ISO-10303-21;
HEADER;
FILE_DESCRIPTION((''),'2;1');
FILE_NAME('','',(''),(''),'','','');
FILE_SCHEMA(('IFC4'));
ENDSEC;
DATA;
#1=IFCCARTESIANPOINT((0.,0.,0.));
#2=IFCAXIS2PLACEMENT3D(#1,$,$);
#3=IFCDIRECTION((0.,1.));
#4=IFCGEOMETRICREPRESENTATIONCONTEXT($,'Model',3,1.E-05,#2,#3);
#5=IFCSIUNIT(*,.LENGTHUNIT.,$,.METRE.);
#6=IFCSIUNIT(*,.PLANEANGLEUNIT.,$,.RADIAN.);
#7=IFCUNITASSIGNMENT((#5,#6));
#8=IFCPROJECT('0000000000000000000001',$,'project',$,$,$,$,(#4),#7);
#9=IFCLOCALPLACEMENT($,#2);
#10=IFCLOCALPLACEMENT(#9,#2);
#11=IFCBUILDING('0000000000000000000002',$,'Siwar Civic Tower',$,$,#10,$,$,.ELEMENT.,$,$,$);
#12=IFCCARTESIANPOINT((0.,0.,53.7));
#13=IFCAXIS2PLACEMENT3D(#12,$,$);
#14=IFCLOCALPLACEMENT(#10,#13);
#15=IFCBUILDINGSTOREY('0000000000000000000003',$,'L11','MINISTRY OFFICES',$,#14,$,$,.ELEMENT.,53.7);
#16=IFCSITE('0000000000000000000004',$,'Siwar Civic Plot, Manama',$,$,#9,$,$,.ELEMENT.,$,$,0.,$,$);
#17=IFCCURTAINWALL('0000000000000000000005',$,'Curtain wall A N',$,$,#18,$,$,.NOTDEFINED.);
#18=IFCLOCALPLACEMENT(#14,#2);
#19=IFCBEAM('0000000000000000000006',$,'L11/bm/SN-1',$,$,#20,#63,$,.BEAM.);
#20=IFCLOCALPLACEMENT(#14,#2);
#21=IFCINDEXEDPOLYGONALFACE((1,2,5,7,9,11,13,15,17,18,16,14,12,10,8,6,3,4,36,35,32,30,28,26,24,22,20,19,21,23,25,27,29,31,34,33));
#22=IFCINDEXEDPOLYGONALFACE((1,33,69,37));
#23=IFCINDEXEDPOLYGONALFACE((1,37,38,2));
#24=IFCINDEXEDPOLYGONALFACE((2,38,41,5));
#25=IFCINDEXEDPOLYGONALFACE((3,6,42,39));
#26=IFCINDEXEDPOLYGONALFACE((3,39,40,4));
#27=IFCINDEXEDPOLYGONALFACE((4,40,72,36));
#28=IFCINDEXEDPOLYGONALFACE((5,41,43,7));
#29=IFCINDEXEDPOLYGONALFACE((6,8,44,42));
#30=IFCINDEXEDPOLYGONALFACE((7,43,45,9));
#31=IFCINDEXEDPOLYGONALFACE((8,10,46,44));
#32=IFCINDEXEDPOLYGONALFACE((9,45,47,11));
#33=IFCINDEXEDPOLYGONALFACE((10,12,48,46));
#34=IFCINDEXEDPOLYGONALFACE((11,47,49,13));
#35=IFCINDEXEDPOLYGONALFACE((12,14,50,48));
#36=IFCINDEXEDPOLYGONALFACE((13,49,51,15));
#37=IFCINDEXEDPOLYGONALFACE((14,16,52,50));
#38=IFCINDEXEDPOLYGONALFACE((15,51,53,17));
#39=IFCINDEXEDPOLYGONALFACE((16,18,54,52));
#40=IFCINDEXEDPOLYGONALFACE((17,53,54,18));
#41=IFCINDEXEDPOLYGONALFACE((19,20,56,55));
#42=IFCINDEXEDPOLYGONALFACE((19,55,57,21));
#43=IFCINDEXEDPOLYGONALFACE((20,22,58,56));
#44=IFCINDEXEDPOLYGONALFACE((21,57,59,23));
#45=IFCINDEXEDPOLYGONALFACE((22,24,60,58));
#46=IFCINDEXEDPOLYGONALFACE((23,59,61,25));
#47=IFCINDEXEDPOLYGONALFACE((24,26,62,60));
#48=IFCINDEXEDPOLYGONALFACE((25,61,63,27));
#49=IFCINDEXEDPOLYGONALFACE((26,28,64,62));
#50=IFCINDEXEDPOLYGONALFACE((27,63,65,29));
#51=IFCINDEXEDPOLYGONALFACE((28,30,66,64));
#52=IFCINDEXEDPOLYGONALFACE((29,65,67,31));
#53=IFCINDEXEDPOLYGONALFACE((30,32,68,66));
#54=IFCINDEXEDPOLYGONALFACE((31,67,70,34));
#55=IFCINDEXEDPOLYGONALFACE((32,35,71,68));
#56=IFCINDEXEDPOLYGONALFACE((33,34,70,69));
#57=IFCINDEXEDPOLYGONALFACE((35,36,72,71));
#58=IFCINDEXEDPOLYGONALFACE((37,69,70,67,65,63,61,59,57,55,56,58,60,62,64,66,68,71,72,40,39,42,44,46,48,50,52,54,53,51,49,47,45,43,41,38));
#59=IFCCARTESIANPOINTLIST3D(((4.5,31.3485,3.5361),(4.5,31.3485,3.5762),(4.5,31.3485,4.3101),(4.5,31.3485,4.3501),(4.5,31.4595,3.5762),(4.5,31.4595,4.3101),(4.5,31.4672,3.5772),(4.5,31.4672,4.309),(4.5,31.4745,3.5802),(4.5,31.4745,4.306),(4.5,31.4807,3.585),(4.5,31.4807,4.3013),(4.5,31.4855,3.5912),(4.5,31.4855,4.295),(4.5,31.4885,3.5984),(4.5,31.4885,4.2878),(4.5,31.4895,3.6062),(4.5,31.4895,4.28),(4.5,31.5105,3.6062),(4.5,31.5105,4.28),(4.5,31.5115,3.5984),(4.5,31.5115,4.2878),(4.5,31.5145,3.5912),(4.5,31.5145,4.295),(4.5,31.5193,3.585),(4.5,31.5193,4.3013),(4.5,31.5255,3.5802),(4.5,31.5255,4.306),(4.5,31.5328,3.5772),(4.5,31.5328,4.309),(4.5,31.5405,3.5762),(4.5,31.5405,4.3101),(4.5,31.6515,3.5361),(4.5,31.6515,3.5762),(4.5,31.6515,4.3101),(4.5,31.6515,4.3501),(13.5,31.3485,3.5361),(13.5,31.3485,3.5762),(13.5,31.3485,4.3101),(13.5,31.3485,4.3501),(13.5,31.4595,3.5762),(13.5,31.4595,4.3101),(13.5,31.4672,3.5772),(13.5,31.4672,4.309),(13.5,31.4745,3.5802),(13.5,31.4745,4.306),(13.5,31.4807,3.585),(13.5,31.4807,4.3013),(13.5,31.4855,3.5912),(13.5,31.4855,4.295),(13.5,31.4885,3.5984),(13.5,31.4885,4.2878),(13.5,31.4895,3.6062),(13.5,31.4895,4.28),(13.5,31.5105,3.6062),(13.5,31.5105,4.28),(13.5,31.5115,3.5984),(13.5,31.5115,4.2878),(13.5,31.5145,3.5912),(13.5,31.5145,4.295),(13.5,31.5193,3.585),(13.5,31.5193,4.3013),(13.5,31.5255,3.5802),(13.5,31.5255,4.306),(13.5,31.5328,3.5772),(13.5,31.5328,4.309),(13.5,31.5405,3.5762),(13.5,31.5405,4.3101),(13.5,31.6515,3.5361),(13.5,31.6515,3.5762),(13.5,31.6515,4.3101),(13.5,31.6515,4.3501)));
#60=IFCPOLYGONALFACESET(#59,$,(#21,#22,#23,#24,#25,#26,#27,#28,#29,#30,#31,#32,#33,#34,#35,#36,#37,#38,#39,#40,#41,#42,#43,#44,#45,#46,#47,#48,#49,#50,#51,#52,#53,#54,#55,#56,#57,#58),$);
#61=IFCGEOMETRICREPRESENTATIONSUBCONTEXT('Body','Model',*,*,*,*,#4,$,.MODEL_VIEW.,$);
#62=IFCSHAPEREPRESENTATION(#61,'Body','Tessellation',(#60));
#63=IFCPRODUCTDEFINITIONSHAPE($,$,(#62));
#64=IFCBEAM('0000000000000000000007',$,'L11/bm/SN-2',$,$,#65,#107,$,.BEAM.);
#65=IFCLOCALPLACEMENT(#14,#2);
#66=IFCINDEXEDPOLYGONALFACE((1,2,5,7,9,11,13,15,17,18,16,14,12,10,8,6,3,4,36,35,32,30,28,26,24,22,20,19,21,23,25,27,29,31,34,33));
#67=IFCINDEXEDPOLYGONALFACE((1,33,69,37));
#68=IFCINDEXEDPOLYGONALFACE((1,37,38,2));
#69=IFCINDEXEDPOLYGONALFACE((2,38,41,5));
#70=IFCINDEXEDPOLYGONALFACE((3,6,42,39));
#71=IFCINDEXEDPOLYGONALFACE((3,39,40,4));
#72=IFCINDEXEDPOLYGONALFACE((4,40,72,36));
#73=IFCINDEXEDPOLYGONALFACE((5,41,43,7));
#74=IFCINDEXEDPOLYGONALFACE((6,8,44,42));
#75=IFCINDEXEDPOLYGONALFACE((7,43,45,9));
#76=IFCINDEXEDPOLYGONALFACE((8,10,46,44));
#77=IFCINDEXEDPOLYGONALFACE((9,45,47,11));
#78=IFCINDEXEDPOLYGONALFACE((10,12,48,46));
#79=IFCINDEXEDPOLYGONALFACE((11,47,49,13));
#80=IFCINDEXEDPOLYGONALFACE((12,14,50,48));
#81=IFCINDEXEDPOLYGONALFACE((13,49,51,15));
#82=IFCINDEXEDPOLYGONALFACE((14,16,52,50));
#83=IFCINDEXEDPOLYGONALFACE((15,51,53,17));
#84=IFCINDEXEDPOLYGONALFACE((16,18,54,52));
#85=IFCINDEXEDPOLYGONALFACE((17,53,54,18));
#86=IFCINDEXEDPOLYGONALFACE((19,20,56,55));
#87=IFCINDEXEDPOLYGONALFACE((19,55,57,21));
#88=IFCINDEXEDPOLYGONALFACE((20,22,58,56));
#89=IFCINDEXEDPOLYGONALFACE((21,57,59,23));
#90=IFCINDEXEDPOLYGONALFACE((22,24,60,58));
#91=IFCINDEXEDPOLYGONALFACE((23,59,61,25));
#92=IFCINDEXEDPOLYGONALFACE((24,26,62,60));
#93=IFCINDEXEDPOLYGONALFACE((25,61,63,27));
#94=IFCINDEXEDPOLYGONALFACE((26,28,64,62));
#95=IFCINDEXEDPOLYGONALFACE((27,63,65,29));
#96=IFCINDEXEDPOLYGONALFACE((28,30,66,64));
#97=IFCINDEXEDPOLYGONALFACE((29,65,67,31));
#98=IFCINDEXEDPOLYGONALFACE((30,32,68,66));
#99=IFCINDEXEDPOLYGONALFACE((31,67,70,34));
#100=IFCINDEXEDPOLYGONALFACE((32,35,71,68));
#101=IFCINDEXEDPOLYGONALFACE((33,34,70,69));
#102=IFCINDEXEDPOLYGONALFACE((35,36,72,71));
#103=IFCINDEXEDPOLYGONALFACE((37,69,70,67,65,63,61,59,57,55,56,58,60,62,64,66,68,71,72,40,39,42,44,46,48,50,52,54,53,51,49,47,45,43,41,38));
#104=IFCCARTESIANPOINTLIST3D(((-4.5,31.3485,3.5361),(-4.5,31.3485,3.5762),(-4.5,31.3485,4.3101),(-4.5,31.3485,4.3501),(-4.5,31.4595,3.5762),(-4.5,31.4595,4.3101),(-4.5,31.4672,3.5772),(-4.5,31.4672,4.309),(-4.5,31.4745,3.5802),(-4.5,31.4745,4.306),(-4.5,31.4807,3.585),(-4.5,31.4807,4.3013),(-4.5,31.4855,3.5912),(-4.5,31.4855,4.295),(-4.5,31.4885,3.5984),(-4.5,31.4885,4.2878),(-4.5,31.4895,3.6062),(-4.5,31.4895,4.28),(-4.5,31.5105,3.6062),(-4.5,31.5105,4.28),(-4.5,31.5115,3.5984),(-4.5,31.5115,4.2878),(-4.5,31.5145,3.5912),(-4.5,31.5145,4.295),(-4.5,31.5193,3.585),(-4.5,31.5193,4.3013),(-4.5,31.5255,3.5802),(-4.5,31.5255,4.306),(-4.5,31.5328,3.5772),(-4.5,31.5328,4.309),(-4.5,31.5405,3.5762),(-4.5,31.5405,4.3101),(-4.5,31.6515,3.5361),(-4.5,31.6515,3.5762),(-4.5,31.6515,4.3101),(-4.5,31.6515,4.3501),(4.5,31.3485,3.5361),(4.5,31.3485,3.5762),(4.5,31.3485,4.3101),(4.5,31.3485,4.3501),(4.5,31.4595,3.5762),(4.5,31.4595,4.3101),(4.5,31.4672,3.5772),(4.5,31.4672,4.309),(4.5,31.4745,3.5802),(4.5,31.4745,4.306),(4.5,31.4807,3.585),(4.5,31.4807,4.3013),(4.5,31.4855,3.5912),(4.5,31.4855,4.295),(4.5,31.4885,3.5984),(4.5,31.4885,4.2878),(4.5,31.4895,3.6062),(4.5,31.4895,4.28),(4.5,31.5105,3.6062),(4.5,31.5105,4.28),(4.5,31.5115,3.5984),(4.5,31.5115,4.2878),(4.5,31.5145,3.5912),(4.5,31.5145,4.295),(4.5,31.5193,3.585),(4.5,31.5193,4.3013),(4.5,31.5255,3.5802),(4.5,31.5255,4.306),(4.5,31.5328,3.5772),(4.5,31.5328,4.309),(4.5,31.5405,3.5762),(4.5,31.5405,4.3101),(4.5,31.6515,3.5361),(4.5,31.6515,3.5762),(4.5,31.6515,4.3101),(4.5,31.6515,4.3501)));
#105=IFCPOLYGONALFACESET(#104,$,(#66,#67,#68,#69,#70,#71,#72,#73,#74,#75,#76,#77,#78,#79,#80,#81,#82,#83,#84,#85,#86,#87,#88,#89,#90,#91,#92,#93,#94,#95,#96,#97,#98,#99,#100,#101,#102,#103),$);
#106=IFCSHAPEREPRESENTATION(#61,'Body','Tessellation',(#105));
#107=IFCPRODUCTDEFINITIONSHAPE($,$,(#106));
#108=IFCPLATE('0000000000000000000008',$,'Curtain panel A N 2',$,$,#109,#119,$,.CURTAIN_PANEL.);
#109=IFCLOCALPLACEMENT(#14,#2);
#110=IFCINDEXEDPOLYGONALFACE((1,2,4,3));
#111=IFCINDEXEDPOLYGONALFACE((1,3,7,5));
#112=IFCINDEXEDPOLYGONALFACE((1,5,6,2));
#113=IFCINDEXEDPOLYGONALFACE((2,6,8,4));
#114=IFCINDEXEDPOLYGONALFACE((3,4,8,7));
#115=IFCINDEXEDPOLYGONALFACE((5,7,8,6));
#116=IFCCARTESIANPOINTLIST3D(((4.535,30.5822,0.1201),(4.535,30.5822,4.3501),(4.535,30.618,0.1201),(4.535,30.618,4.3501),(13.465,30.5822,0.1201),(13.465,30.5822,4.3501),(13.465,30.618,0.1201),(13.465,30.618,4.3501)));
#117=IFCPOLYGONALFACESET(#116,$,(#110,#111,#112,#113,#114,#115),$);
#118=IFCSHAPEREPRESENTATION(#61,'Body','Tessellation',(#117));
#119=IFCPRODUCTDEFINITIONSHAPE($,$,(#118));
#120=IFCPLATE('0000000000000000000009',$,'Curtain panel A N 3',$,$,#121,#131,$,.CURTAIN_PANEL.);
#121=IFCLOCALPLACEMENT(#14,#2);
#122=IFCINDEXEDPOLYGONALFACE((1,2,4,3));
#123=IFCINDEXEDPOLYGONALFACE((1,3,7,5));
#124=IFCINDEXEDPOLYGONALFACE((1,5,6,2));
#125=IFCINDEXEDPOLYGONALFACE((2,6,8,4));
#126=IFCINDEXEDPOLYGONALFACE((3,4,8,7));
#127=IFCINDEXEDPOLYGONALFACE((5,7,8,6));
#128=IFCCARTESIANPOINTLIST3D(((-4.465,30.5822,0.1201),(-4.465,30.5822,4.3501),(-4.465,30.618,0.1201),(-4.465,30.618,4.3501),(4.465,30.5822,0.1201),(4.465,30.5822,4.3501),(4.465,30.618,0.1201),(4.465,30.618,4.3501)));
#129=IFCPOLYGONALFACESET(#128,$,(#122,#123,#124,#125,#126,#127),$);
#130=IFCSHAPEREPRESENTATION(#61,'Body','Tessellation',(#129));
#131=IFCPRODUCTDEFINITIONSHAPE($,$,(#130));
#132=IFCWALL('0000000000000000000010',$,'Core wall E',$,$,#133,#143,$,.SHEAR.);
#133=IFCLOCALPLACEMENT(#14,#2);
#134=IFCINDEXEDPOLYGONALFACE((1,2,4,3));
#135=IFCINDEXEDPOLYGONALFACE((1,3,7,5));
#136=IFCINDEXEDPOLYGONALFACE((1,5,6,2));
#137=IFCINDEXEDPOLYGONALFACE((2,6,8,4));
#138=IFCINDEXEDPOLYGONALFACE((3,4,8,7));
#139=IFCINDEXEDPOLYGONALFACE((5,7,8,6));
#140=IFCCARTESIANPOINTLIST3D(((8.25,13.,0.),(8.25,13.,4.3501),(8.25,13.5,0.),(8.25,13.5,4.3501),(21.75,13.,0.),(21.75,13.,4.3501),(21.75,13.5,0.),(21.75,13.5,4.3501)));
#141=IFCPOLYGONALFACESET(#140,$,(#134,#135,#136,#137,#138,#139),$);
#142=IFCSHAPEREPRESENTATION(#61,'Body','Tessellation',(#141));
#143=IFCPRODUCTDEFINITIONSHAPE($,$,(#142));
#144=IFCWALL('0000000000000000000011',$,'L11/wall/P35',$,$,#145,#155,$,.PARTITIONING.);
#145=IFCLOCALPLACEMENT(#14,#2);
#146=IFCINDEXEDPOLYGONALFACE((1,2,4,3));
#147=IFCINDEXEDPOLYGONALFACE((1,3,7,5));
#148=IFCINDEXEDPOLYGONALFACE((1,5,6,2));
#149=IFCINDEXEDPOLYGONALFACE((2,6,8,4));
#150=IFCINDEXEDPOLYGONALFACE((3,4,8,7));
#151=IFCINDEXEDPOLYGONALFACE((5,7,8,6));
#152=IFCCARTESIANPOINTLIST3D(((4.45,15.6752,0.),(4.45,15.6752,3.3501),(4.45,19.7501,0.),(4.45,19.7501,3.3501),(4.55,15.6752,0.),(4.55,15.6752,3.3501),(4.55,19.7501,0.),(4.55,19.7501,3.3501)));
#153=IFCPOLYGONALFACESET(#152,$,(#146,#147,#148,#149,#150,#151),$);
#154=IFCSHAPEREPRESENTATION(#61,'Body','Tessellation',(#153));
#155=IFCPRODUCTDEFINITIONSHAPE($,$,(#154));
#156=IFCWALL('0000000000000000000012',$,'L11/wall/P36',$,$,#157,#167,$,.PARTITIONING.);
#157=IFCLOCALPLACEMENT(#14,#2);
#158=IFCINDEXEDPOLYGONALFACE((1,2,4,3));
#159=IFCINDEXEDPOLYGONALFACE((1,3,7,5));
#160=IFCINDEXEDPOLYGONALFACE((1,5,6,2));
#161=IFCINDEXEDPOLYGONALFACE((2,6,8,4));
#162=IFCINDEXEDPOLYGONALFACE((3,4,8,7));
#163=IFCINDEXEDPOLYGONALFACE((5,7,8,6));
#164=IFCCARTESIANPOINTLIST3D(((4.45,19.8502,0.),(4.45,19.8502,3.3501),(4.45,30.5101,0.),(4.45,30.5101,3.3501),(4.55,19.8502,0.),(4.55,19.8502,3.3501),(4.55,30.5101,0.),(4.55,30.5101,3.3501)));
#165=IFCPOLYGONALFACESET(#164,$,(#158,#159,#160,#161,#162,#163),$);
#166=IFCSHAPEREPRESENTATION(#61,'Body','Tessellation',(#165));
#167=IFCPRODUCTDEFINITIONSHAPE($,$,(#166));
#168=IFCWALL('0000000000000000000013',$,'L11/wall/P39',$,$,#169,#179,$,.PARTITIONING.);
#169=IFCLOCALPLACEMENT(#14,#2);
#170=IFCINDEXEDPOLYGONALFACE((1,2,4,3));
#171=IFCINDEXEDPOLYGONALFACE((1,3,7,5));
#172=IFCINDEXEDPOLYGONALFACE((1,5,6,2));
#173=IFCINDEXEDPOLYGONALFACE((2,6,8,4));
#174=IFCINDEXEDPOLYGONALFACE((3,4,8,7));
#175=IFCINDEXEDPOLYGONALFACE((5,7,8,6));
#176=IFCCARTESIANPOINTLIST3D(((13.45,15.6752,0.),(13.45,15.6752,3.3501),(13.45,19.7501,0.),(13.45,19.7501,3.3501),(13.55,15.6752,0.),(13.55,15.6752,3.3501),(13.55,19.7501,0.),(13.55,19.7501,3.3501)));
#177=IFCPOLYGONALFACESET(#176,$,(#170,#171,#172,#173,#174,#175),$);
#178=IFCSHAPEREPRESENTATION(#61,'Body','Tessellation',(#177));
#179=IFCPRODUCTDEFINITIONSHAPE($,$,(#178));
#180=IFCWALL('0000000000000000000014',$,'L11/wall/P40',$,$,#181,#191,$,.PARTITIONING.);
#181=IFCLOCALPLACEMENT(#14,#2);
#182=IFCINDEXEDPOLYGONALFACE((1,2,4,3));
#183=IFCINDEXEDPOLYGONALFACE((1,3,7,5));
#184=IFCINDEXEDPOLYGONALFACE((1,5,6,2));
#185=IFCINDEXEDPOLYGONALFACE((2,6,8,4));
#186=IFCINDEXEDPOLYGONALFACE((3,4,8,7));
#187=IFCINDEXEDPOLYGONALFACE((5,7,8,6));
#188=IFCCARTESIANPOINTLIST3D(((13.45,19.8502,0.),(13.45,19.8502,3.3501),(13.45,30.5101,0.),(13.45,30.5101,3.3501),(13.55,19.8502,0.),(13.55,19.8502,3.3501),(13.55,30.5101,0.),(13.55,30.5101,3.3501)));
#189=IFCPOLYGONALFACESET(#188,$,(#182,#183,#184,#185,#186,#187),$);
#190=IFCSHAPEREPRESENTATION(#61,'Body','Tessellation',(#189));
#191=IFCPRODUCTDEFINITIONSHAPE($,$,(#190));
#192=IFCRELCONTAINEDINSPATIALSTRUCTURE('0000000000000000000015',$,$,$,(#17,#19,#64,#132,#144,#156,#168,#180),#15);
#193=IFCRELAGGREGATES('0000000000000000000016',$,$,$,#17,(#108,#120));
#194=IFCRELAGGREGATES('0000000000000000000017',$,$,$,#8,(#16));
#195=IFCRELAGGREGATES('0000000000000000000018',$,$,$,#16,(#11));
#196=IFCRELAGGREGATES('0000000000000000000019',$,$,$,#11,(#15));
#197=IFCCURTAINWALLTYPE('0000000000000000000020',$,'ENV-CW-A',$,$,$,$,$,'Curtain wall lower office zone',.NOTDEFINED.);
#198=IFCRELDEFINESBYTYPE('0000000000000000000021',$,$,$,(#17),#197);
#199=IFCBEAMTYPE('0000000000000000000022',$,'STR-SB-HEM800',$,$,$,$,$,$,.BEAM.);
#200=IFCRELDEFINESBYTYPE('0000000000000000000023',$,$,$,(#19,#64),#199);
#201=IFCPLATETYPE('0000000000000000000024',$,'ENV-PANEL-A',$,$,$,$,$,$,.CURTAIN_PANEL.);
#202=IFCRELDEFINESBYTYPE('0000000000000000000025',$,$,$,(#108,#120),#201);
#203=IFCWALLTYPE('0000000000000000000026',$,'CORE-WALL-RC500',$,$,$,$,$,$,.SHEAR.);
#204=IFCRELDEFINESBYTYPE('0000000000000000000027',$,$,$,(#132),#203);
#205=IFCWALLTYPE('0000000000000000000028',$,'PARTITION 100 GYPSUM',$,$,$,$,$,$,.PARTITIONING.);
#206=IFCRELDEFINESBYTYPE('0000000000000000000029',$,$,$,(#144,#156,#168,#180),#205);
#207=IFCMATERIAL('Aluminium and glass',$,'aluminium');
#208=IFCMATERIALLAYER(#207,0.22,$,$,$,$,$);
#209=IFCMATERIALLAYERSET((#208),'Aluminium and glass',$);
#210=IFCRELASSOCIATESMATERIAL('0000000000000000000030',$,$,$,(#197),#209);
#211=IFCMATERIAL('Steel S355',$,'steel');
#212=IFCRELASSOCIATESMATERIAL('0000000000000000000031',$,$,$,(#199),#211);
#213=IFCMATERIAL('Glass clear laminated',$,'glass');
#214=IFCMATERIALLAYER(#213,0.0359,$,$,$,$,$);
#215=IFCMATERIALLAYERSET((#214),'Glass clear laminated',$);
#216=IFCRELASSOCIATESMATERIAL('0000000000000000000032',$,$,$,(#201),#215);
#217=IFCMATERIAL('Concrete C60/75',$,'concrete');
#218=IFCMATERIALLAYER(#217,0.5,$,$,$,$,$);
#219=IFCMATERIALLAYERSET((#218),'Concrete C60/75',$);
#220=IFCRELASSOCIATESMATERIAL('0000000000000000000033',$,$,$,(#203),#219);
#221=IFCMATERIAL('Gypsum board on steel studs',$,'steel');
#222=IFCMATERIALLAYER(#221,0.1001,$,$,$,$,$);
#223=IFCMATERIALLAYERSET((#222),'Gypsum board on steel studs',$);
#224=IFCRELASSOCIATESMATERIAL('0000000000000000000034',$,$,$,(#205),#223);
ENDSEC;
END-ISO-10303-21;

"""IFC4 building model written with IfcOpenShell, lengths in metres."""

from ifc_helpers import new_model, si_unit, direction, frame, frame_2d, origin, origin_2d, place, context, subcontext, project, spatial, rectangle, i_section, extrude, material, layer, layer_set, material_profile, profile_set, type_object, element, aggregate, save


model = new_model("IFC4")

# Units and contexts
model_context = context("Model", 3, precision=1e-05, world=origin(), true_north=direction((0.0, 1.0)))
body_context = subcontext(model_context, "Body", "Model", "MODEL_VIEW")
ifc_project = project(units=[si_unit("LENGTHUNIT", "METRE"), si_unit("PLANEANGLEUNIT", "RADIAN")], contexts=[model_context])

# Site, building, storey
site_placement = place(None, origin())
site = spatial("IfcSite", under=ifc_project, at=site_placement, Name="Siwar Civic Plot, Manama", CompositionType="ELEMENT", RefElevation=0.0)
building_placement = place(site_placement, origin())
building = spatial("IfcBuilding", under=site, at=building_placement, Name="Siwar Civic Tower", CompositionType="ELEMENT")
storey_placement = place(building_placement, frame((0.0, 0.0, 53.7)))
storey = spatial("IfcBuildingStorey", under=building, at=storey_placement, Name="L11", Description="MINISTRY OFFICES", CompositionType="ELEMENT", Elevation=53.7)

# Curtain wall
ifc_material_1 = material(Name="Aluminium and glass", Category="aluminium")
ifc_layer_1 = layer(ifc_material_1, 0.22)
ifc_layer_set_1 = layer_set([ifc_layer_1], Name="Aluminium and glass")
curtain_wall_type = type_object("IfcCurtainWallType", Name="ENV-CW-A", ElementType="Curtain wall lower office zone", PredefinedType="NOTDEFINED", material=ifc_layer_set_1)
curtain_wall_placement = place(storey_placement, origin())
curtain_wall = element("IfcCurtainWall", 1, at=curtain_wall_placement, inside=storey, type_object=curtain_wall_type, Name="Curtain wall A N", PredefinedType="NOTDEFINED")

# Beams
ifc_material_2 = material(Name="Steel S355", Category="steel")
ifc_material_profile_1 = material_profile(ifc_material_2, i_section(OverallWidth=0.303, OverallDepth=0.814, WebThickness=0.021, FlangeThickness=0.04, FilletRadius=0.03, at=origin_2d()), Name="HEM800")
ifc_profile_set_1 = profile_set([ifc_material_profile_1], Name="Steel S355")
beam_type_1 = type_object("IfcBeamType", Name="STR-SB-HEM800", PredefinedType="BEAM", material=ifc_profile_set_1)
for number, where, z_axis, x_axis, name in (
    (2, (13.5, 31.5, 3.9431), (-1.0, 0.0, 0.0), (0.0, -1.0, 0.0), "L11/bm/SN-1"),
    (3, (4.5, 31.5, 3.9431), (-1.0, 0.0, 0.0), (0.0, -1.0, 0.0), "L11/bm/SN-2"),
):
    element("IfcBeam", number, at=place(storey_placement, frame(where, z_axis=z_axis, x_axis=x_axis)), inside=storey, type_object=beam_type_1, Name=name, PredefinedType="BEAM", context=body_context, shape_type="SweptSolid", body=[
        extrude(i_section(OverallWidth=0.303, OverallDepth=0.814, WebThickness=0.021, FlangeThickness=0.04, FilletRadius=0.03, at=origin_2d()), origin(), (0.0, 0.0, 1.0), 9.0),
    ])

# Plates
ifc_material_3 = material(Name="Glass clear laminated", Category="glass")
ifc_layer_2 = layer(ifc_material_3, 0.0359)
ifc_layer_set_2 = layer_set([ifc_layer_2], Name="Glass clear laminated")
plate_type = type_object("IfcPlateType", Name="ENV-PANEL-A", PredefinedType="CURTAIN_PANEL", material=ifc_layer_set_2)
plate_1_placement = place(storey_placement, frame((9.0, 30.6001, 0.1201), z_axis=(0.0, 0.0, 1.0), x_axis=(-1.0, 0.0, 0.0)))
plate_1 = element("IfcPlate", 4, at=plate_1_placement, type_object=plate_type, Name="Curtain panel A N 2", PredefinedType="CURTAIN_PANEL", context=body_context, shape_type="SweptSolid", body=[
    extrude(rectangle(XDim=8.9299, YDim=0.0359, at=origin_2d()), origin(), (0.0, 0.0, 1.0), 4.23),
])
plate_2_placement = place(storey_placement, frame((0.0, 30.6001, 0.1201), z_axis=(0.0, 0.0, 1.0), x_axis=(-1.0, 0.0, 0.0)))
plate_2 = element("IfcPlate", 5, at=plate_2_placement, type_object=plate_type, Name="Curtain panel A N 3", PredefinedType="CURTAIN_PANEL", context=body_context, shape_type="SweptSolid", body=[
    extrude(rectangle(XDim=8.9299, YDim=0.0359, at=origin_2d()), origin(), (0.0, 0.0, 1.0), 4.23),
])
aggregate(curtain_wall, [plate_1, plate_2])

# Walls
ifc_material_4 = material(Name="Concrete C60/75", Category="concrete")
ifc_layer_3 = layer(ifc_material_4, 0.5)
ifc_layer_set_3 = layer_set([ifc_layer_3], Name="Concrete C60/75")
wall_type_1 = type_object("IfcWallType", Name="CORE-WALL-RC500", PredefinedType="SHEAR", material=ifc_layer_set_3)
wall_1_placement = place(storey_placement, frame((8.25, 13.25, 0.0), z_axis=(0.0, 0.0, 1.0), x_axis=(1.0, 0.0, 0.0)))
element("IfcWall", 6, at=wall_1_placement, inside=storey, type_object=wall_type_1, Name="Core wall E", PredefinedType="SHEAR", context=body_context, shape_type="SweptSolid", body=[
    extrude(rectangle(XDim=13.5, YDim=0.5, at=frame_2d((6.75, 0.0))), origin(), (0.0, 0.0, 1.0), 4.3501),
])
ifc_material_5 = material(Name="Gypsum board on steel studs", Category="steel")
ifc_layer_4 = layer(ifc_material_5, 0.1001)
ifc_layer_set_4 = layer_set([ifc_layer_4], Name="Gypsum board on steel studs")
wall_type_2 = type_object("IfcWallType", Name="PARTITION 100 GYPSUM", PredefinedType="PARTITIONING", material=ifc_layer_set_4)
wall_2_placement = place(storey_placement, frame((4.5, 15.675, 0.0), z_axis=(0.0, 0.0, 1.0), x_axis=(0.0, 1.0, 0.0)))
element("IfcWall", 7, at=wall_2_placement, inside=storey, type_object=wall_type_2, Name="L11/wall/P35", PredefinedType="PARTITIONING", context=body_context, shape_type="SweptSolid", body=[
    extrude(rectangle(XDim=4.075, YDim=0.1001, at=frame_2d((2.0376, 0.0))), origin(), (0.0, 0.0, 1.0), 3.3501),
])
wall_3_placement = place(storey_placement, frame((4.5, 19.8501, 0.0), z_axis=(0.0, 0.0, 1.0), x_axis=(0.0, 1.0, 0.0)))
element("IfcWall", 8, at=wall_3_placement, inside=storey, type_object=wall_type_2, Name="L11/wall/P36", PredefinedType="PARTITIONING", context=body_context, shape_type="SweptSolid", body=[
    extrude(rectangle(XDim=10.6599, YDim=0.1001, at=frame_2d((5.3301, 0.0))), origin(), (0.0, 0.0, 1.0), 3.3501),
])
wall_4_placement = place(storey_placement, frame((13.5, 15.675, 0.0), z_axis=(0.0, 0.0, 1.0), x_axis=(0.0, 1.0, 0.0)))
element("IfcWall", 9, at=wall_4_placement, inside=storey, type_object=wall_type_2, Name="L11/wall/P39", PredefinedType="PARTITIONING", context=body_context, shape_type="SweptSolid", body=[
    extrude(rectangle(XDim=4.075, YDim=0.1001, at=frame_2d((2.0376, 0.0))), origin(), (0.0, 0.0, 1.0), 3.3501),
])
wall_5_placement = place(storey_placement, frame((13.5, 19.8501, 0.0), z_axis=(0.0, 0.0, 1.0), x_axis=(0.0, 1.0, 0.0)))
element("IfcWall", 10, at=wall_5_placement, inside=storey, type_object=wall_type_2, Name="L11/wall/P40", PredefinedType="PARTITIONING", context=body_context, shape_type="SweptSolid", body=[
    extrude(rectangle(XDim=10.6599, YDim=0.1001, at=frame_2d((5.3301, 0.0))), origin(), (0.0, 0.0, 1.0), 3.3501),
])

save(model, "model.ifc")
